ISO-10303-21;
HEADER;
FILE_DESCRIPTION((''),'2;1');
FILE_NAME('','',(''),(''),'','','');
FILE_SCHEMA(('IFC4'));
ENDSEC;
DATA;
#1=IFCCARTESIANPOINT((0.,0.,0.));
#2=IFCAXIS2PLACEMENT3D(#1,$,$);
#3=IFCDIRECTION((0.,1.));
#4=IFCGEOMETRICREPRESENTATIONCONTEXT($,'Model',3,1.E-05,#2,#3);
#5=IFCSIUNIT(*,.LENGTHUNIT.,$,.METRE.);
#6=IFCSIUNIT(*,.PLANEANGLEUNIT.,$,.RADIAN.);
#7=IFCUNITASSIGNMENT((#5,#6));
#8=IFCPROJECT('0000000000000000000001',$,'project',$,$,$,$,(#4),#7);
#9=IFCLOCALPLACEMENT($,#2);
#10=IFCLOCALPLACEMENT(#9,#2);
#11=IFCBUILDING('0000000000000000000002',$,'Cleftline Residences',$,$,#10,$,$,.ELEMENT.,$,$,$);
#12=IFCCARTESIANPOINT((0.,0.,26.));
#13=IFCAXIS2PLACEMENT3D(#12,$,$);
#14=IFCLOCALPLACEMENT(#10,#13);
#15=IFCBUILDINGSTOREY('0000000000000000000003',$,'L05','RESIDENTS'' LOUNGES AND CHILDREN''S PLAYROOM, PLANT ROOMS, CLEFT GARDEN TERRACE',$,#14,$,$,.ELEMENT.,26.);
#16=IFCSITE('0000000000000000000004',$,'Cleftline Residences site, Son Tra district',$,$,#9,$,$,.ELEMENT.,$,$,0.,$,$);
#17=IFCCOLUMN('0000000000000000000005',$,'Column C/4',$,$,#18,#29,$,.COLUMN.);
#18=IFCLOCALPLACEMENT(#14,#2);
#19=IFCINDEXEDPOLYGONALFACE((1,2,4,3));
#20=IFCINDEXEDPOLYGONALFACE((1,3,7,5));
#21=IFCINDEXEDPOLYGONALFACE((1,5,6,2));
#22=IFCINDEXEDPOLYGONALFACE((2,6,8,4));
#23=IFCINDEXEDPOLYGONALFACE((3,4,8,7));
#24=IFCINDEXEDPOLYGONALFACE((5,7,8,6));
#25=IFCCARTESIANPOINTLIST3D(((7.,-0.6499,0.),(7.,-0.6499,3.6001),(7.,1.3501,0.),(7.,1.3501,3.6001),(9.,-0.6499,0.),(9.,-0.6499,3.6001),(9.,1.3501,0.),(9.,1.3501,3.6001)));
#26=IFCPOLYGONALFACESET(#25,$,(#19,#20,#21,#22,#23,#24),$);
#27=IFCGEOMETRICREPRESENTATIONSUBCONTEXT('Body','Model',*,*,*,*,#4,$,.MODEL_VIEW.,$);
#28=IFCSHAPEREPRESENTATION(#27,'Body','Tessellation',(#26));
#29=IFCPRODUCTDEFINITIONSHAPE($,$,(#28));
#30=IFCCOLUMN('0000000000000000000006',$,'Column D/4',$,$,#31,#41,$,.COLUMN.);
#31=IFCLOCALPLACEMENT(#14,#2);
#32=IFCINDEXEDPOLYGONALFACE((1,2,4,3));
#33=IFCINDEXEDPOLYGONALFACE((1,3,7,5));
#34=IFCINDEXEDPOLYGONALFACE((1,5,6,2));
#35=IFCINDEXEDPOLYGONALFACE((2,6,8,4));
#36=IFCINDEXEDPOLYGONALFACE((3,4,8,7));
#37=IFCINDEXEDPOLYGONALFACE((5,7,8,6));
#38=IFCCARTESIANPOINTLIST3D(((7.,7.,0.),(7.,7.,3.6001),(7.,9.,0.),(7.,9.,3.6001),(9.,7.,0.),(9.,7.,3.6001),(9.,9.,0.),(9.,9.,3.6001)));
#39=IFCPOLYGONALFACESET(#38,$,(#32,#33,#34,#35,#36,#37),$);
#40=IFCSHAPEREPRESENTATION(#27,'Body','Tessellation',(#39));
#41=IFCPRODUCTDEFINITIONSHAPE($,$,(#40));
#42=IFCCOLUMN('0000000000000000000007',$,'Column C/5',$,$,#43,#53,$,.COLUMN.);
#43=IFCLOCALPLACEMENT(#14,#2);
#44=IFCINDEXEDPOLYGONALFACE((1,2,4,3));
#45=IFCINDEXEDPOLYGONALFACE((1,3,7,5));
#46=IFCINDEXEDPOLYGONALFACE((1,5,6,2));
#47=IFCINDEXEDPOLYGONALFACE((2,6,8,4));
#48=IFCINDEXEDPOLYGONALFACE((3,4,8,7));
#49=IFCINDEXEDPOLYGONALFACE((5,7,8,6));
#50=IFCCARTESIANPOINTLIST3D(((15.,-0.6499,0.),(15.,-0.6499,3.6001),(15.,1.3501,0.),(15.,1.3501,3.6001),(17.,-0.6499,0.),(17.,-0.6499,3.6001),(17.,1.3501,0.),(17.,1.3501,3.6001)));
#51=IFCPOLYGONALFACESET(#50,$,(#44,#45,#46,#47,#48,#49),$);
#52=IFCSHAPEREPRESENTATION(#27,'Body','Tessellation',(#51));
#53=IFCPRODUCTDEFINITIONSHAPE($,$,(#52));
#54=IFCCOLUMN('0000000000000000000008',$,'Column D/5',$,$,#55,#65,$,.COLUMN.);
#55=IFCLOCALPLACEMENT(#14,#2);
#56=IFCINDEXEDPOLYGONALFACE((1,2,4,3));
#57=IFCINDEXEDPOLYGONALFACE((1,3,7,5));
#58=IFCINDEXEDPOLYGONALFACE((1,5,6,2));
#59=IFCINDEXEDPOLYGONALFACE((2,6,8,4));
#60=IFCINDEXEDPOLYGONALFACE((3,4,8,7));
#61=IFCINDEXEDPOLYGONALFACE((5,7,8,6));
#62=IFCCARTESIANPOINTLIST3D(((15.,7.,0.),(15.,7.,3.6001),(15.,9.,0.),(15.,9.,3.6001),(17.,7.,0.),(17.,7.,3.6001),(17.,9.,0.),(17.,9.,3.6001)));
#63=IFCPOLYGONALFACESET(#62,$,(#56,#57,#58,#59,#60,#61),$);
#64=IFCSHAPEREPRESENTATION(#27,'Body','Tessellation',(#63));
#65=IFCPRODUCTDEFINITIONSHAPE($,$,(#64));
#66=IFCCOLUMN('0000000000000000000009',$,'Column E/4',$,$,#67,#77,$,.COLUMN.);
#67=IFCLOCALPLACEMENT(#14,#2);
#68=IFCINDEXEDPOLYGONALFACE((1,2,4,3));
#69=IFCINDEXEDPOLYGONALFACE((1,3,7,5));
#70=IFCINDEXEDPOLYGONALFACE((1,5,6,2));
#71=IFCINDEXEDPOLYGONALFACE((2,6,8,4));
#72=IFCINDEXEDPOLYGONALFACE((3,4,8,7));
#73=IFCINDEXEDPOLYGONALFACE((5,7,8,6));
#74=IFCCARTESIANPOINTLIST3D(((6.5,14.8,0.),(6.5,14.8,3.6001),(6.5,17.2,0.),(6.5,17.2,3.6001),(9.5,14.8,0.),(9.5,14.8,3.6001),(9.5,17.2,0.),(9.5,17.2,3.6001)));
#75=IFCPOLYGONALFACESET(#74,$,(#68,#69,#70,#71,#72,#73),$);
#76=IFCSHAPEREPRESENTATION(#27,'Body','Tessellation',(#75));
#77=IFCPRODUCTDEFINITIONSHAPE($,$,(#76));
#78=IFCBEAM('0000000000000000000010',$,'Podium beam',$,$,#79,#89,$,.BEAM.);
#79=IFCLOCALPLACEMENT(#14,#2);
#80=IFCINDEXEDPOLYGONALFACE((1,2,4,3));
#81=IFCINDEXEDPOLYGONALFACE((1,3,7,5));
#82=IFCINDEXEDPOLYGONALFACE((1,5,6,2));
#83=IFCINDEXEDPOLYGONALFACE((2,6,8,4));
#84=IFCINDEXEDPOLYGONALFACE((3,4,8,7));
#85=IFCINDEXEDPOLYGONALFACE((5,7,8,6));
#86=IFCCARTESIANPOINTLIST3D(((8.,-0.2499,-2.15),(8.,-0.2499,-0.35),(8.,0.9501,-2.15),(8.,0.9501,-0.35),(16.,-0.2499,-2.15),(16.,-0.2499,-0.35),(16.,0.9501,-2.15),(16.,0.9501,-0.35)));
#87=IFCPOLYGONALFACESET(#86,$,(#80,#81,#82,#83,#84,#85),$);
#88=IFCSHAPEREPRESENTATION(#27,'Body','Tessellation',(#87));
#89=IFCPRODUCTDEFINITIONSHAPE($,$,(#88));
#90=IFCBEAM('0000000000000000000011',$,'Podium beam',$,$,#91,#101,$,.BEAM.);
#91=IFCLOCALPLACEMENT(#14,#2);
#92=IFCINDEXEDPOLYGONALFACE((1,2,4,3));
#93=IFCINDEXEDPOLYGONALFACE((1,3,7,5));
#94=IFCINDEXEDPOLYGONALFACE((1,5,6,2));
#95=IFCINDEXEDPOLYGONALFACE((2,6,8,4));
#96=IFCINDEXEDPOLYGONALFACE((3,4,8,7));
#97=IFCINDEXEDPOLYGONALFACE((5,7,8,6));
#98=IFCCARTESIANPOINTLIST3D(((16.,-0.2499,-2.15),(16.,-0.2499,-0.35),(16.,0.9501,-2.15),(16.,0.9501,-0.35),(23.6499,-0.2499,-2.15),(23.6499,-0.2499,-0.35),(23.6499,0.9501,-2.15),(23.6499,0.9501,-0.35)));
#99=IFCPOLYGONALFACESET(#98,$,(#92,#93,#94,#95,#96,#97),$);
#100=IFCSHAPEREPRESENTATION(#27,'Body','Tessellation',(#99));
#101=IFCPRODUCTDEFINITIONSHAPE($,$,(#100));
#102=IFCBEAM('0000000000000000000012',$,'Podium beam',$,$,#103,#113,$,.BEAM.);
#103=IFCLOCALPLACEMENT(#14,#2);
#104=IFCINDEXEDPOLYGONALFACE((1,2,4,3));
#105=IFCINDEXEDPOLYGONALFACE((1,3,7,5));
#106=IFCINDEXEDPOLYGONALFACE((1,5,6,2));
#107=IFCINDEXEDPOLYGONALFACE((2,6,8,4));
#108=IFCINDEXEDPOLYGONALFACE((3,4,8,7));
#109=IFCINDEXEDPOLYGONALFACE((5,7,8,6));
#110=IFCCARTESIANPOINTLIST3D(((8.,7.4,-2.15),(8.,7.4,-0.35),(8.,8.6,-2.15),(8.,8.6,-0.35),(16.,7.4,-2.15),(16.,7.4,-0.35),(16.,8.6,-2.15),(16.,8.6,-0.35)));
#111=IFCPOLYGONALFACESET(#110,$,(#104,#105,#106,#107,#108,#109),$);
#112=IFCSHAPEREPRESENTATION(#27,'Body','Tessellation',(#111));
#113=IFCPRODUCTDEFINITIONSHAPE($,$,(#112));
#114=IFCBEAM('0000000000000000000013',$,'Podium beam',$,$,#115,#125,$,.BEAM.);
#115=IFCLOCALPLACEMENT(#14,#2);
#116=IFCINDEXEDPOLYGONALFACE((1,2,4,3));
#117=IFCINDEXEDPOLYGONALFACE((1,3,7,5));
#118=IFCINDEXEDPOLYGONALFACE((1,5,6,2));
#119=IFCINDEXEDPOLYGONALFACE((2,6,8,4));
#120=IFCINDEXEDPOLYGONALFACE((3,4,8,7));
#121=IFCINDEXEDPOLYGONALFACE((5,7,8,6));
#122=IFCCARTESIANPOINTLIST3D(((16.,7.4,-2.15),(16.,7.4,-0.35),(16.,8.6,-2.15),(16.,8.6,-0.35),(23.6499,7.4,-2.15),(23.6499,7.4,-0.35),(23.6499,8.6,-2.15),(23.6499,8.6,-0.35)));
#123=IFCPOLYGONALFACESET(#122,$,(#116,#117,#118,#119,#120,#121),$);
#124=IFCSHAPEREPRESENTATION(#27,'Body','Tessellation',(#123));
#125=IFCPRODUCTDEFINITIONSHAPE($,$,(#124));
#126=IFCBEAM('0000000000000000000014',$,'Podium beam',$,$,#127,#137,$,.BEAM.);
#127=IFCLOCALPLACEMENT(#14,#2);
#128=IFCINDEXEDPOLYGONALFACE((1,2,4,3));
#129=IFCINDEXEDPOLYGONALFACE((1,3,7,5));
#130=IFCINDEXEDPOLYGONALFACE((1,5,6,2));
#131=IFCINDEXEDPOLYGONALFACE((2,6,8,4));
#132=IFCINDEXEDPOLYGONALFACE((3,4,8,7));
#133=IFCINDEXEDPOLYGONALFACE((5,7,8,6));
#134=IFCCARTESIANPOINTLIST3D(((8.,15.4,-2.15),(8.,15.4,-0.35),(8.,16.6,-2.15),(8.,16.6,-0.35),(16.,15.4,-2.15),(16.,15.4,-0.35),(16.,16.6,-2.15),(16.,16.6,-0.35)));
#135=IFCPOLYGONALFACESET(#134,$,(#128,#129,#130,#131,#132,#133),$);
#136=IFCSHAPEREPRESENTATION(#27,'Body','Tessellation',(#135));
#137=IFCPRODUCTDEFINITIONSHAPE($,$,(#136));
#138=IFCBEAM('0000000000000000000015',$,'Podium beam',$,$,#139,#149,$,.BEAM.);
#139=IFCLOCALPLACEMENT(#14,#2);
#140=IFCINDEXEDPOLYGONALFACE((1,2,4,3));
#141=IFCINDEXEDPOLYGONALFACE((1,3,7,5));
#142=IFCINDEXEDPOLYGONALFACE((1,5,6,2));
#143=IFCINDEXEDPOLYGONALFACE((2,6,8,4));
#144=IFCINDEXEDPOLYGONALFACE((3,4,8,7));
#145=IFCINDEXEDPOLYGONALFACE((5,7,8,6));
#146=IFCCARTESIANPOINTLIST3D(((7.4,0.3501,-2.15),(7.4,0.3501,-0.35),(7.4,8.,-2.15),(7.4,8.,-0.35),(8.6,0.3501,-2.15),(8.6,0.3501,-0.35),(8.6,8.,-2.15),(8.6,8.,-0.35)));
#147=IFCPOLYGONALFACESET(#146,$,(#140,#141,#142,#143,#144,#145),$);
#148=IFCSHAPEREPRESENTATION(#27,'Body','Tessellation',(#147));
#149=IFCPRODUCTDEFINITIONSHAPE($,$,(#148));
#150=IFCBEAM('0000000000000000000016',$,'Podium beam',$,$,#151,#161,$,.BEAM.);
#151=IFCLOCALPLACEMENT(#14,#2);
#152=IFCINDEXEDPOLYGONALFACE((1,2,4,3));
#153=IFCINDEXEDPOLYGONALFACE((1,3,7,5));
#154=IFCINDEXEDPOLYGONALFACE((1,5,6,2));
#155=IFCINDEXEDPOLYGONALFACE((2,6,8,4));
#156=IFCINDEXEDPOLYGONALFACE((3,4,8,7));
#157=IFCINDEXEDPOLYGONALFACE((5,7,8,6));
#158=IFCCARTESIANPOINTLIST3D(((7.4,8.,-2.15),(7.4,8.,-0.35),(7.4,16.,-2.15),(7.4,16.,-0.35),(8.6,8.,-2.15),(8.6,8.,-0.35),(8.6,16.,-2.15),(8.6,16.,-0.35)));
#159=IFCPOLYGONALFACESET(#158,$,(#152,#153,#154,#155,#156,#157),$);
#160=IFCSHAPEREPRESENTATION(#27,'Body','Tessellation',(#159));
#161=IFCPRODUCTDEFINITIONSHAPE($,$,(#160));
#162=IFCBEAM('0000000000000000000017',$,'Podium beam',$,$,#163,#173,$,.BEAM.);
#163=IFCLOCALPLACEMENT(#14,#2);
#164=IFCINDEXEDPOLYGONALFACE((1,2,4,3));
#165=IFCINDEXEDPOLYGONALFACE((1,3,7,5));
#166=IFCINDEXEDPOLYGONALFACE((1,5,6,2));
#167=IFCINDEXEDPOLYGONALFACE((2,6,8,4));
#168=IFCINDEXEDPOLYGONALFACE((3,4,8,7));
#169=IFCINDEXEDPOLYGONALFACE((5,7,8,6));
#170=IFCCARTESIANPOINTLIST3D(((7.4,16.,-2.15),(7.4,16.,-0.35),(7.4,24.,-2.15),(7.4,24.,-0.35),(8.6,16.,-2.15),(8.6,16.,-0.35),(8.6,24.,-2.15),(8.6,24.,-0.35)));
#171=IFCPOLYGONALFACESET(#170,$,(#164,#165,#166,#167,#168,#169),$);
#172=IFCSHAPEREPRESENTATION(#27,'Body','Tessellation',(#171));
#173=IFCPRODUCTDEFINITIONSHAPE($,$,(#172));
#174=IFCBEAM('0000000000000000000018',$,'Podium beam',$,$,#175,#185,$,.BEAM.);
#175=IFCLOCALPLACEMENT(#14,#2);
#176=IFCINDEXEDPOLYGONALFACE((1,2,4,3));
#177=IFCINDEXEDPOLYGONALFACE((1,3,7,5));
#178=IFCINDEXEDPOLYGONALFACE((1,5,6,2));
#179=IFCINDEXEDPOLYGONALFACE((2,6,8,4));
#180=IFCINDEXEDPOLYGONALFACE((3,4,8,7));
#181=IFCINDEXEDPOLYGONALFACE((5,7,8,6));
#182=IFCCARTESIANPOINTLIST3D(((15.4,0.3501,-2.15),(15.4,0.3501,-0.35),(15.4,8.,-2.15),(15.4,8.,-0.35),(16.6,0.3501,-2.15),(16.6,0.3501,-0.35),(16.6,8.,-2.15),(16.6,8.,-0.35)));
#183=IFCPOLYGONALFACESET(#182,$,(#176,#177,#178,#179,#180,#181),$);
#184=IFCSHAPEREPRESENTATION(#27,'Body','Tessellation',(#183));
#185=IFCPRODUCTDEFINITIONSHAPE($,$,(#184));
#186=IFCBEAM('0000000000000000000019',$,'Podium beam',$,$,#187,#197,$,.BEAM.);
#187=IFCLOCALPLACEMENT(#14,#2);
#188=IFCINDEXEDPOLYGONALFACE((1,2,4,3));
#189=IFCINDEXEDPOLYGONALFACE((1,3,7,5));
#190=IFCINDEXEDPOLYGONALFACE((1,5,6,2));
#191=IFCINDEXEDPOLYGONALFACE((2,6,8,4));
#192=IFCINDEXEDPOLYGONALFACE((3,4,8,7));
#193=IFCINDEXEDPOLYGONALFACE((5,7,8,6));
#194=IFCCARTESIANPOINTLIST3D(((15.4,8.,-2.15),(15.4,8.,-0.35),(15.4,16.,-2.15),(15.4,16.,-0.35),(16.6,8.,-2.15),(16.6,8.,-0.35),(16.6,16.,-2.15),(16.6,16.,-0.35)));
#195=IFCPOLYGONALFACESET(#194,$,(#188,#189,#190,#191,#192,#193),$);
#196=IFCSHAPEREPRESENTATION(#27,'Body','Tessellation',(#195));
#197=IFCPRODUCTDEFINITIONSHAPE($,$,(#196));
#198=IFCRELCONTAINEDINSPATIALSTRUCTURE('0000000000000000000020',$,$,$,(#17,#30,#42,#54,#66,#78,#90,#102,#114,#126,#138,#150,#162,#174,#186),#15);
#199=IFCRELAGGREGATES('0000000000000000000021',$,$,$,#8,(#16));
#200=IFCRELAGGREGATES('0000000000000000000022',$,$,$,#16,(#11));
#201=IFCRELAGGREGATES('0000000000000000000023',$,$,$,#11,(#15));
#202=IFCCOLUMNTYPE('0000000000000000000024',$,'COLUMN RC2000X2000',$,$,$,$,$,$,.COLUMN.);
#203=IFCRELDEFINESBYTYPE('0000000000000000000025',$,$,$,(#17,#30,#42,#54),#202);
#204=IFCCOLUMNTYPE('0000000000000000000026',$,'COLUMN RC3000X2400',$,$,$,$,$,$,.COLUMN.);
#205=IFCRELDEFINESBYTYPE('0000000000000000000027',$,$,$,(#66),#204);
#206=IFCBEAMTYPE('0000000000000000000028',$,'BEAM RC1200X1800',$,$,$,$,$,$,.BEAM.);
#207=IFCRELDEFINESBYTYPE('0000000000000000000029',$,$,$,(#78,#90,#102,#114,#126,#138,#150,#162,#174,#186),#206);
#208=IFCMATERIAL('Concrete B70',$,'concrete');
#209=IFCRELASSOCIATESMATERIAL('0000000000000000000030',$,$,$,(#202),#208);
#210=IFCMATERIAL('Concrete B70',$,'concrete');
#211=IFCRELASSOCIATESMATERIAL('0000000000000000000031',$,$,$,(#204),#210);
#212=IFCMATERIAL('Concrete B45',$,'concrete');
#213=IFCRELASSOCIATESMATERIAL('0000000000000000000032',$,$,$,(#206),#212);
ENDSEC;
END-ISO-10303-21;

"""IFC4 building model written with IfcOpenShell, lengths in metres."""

from ifc_helpers import new_model, si_unit, direction, frame, origin, origin_2d, place, context, subcontext, project, spatial, rectangle, extrude, material, material_profile, profile_set, type_object, element, save


model = new_model("IFC4")

# Units and contexts
model_context = context("Model", 3, precision=1e-05, world=origin(), true_north=direction((0.0, 1.0)))
body_context = subcontext(model_context, "Body", "Model", "MODEL_VIEW")
ifc_project = project(units=[si_unit("LENGTHUNIT", "METRE"), si_unit("PLANEANGLEUNIT", "RADIAN")], contexts=[model_context])

# Site, building, storey
site_placement = place(None, origin())
site = spatial("IfcSite", under=ifc_project, at=site_placement, Name="Cleftline Residences site, Son Tra district", CompositionType="ELEMENT", RefElevation=0.0)
building_placement = place(site_placement, origin())
building = spatial("IfcBuilding", under=site, at=building_placement, Name="Cleftline Residences", CompositionType="ELEMENT")
storey_placement = place(building_placement, frame((0.0, 0.0, 26.0)))
storey = spatial("IfcBuildingStorey", under=building, at=storey_placement, Name="L05", Description="RESIDENTS' LOUNGES AND CHILDREN'S PLAYROOM, PLANT ROOMS, CLEFT GARDEN TERRACE", CompositionType="ELEMENT", Elevation=26.0)

# Columns
ifc_material_1 = material(Name="Concrete B70", Category="concrete")
ifc_material_profile_1 = material_profile(ifc_material_1, rectangle(XDim=2.0, YDim=2.0, at=origin_2d()))
ifc_profile_set_1 = profile_set([ifc_material_profile_1], Name="Concrete B70")
column_type_1 = type_object("IfcColumnType", Name="COLUMN RC2000X2000", PredefinedType="COLUMN", material=ifc_profile_set_1)
for number, where, z_axis, x_axis, name in (
    (1, (8.0, 0.3501, 0.0), (0.0, 0.0, 1.0), (1.0, 0.0, 0.0), "Column C/4"),
    (2, (8.0, 8.0, 0.0), (0.0, 0.0, 1.0), (1.0, 0.0, 0.0), "Column D/4"),
    (3, (16.0, 0.3501, 0.0), (0.0, 0.0, 1.0), (1.0, 0.0, 0.0), "Column C/5"),
    (4, (16.0, 8.0, 0.0), (0.0, 0.0, 1.0), (1.0, 0.0, 0.0), "Column D/5"),
):
    element("IfcColumn", number, at=place(storey_placement, frame(where, z_axis=z_axis, x_axis=x_axis)), inside=storey, type_object=column_type_1, Name=name, PredefinedType="COLUMN", context=body_context, shape_type="SweptSolid", body=[
        extrude(rectangle(XDim=2.0, YDim=2.0, at=origin_2d()), origin(), (0.0, 0.0, 1.0), 3.6001),
    ])
ifc_material_2 = material(Name="Concrete B70", Category="concrete")
ifc_material_profile_2 = material_profile(ifc_material_2, rectangle(XDim=3.0, YDim=2.3999, at=origin_2d()))
ifc_profile_set_2 = profile_set([ifc_material_profile_2], Name="Concrete B70")
column_type_2 = type_object("IfcColumnType", Name="COLUMN RC3000X2400", PredefinedType="COLUMN", material=ifc_profile_set_2)
column_placement = place(storey_placement, frame((8.0, 16.0, 0.0), z_axis=(0.0, 0.0, 1.0), x_axis=(1.0, 0.0, 0.0)))
element("IfcColumn", 5, at=column_placement, inside=storey, type_object=column_type_2, Name="Column E/4", PredefinedType="COLUMN", context=body_context, shape_type="SweptSolid", body=[
    extrude(rectangle(XDim=3.0, YDim=2.3999, at=origin_2d()), origin(), (0.0, 0.0, 1.0), 3.6001),
])

# Beams
ifc_material_3 = material(Name="Concrete B45", Category="concrete")
ifc_material_profile_3 = material_profile(ifc_material_3, rectangle(XDim=1.2, YDim=1.8, at=origin_2d()))
ifc_profile_set_3 = profile_set([ifc_material_profile_3], Name="Concrete B45")
beam_type = type_object("IfcBeamType", Name="BEAM RC1200X1800", PredefinedType="BEAM", material=ifc_profile_set_3)
beam_1_placement = place(storey_placement, frame((8.0, 0.3501, -1.25), z_axis=(1.0, 0.0, 0.0), x_axis=(0.0, 1.0, 0.0)))
element("IfcBeam", 6, at=beam_1_placement, inside=storey, type_object=beam_type, Name="Podium beam", PredefinedType="BEAM", context=body_context, shape_type="SweptSolid", body=[
    extrude(rectangle(XDim=1.2, YDim=1.8, at=origin_2d()), origin(), (0.0, 0.0, 1.0), 8.0),
])
beam_2_placement = place(storey_placement, frame((16.0, 0.3501, -1.25), z_axis=(1.0, 0.0, 0.0), x_axis=(0.0, 1.0, 0.0)))
element("IfcBeam", 7, at=beam_2_placement, inside=storey, type_object=beam_type, Name="Podium beam", PredefinedType="BEAM", context=body_context, shape_type="SweptSolid", body=[
    extrude(rectangle(XDim=1.2, YDim=1.8, at=origin_2d()), origin(), (0.0, 0.0, 1.0), 7.6499),
])
beam_3_placement = place(storey_placement, frame((8.0, 8.0, -1.25), z_axis=(1.0, 0.0, 0.0), x_axis=(0.0, 1.0, 0.0)))
element("IfcBeam", 8, at=beam_3_placement, inside=storey, type_object=beam_type, Name="Podium beam", PredefinedType="BEAM", context=body_context, shape_type="SweptSolid", body=[
    extrude(rectangle(XDim=1.2, YDim=1.8, at=origin_2d()), origin(), (0.0, 0.0, 1.0), 8.0),
])
beam_4_placement = place(storey_placement, frame((16.0, 8.0, -1.25), z_axis=(1.0, 0.0, 0.0), x_axis=(0.0, 1.0, 0.0)))
element("IfcBeam", 9, at=beam_4_placement, inside=storey, type_object=beam_type, Name="Podium beam", PredefinedType="BEAM", context=body_context, shape_type="SweptSolid", body=[
    extrude(rectangle(XDim=1.2, YDim=1.8, at=origin_2d()), origin(), (0.0, 0.0, 1.0), 7.6499),
])
beam_5_placement = place(storey_placement, frame((8.0, 16.0, -1.25), z_axis=(1.0, 0.0, 0.0), x_axis=(0.0, 1.0, 0.0)))
element("IfcBeam", 10, at=beam_5_placement, inside=storey, type_object=beam_type, Name="Podium beam", PredefinedType="BEAM", context=body_context, shape_type="SweptSolid", body=[
    extrude(rectangle(XDim=1.2, YDim=1.8, at=origin_2d()), origin(), (0.0, 0.0, 1.0), 8.0),
])
beam_6_placement = place(storey_placement, frame((8.0, 0.3501, -1.25), z_axis=(0.0, 1.0, 0.0), x_axis=(-1.0, 0.0, 0.0)))
element("IfcBeam", 11, at=beam_6_placement, inside=storey, type_object=beam_type, Name="Podium beam", PredefinedType="BEAM", context=body_context, shape_type="SweptSolid", body=[
    extrude(rectangle(XDim=1.2, YDim=1.8, at=origin_2d()), origin(), (0.0, 0.0, 1.0), 7.6499),
])
for number, where, z_axis, x_axis, name in (
    (12, (8.0, 8.0, -1.25), (0.0, 1.0, 0.0), (-1.0, 0.0, 0.0), "Podium beam"),
    (13, (8.0, 16.0, -1.25), (0.0, 1.0, 0.0), (-1.0, 0.0, 0.0), "Podium beam"),
):
    element("IfcBeam", number, at=place(storey_placement, frame(where, z_axis=z_axis, x_axis=x_axis)), inside=storey, type_object=beam_type, Name=name, PredefinedType="BEAM", context=body_context, shape_type="SweptSolid", body=[
        extrude(rectangle(XDim=1.2, YDim=1.8, at=origin_2d()), origin(), (0.0, 0.0, 1.0), 8.0),
    ])
beam_7_placement = place(storey_placement, frame((16.0, 0.3501, -1.25), z_axis=(0.0, 1.0, 0.0), x_axis=(-1.0, 0.0, 0.0)))
element("IfcBeam", 14, at=beam_7_placement, inside=storey, type_object=beam_type, Name="Podium beam", PredefinedType="BEAM", context=body_context, shape_type="SweptSolid", body=[
    extrude(rectangle(XDim=1.2, YDim=1.8, at=origin_2d()), origin(), (0.0, 0.0, 1.0), 7.6499),
])
beam_8_placement = place(storey_placement, frame((16.0, 8.0, -1.25), z_axis=(0.0, 1.0, 0.0), x_axis=(-1.0, 0.0, 0.0)))
element("IfcBeam", 15, at=beam_8_placement, inside=storey, type_object=beam_type, Name="Podium beam", PredefinedType="BEAM", context=body_context, shape_type="SweptSolid", body=[
    extrude(rectangle(XDim=1.2, YDim=1.8, at=origin_2d()), origin(), (0.0, 0.0, 1.0), 8.0),
])

save(model, "model.ifc")
